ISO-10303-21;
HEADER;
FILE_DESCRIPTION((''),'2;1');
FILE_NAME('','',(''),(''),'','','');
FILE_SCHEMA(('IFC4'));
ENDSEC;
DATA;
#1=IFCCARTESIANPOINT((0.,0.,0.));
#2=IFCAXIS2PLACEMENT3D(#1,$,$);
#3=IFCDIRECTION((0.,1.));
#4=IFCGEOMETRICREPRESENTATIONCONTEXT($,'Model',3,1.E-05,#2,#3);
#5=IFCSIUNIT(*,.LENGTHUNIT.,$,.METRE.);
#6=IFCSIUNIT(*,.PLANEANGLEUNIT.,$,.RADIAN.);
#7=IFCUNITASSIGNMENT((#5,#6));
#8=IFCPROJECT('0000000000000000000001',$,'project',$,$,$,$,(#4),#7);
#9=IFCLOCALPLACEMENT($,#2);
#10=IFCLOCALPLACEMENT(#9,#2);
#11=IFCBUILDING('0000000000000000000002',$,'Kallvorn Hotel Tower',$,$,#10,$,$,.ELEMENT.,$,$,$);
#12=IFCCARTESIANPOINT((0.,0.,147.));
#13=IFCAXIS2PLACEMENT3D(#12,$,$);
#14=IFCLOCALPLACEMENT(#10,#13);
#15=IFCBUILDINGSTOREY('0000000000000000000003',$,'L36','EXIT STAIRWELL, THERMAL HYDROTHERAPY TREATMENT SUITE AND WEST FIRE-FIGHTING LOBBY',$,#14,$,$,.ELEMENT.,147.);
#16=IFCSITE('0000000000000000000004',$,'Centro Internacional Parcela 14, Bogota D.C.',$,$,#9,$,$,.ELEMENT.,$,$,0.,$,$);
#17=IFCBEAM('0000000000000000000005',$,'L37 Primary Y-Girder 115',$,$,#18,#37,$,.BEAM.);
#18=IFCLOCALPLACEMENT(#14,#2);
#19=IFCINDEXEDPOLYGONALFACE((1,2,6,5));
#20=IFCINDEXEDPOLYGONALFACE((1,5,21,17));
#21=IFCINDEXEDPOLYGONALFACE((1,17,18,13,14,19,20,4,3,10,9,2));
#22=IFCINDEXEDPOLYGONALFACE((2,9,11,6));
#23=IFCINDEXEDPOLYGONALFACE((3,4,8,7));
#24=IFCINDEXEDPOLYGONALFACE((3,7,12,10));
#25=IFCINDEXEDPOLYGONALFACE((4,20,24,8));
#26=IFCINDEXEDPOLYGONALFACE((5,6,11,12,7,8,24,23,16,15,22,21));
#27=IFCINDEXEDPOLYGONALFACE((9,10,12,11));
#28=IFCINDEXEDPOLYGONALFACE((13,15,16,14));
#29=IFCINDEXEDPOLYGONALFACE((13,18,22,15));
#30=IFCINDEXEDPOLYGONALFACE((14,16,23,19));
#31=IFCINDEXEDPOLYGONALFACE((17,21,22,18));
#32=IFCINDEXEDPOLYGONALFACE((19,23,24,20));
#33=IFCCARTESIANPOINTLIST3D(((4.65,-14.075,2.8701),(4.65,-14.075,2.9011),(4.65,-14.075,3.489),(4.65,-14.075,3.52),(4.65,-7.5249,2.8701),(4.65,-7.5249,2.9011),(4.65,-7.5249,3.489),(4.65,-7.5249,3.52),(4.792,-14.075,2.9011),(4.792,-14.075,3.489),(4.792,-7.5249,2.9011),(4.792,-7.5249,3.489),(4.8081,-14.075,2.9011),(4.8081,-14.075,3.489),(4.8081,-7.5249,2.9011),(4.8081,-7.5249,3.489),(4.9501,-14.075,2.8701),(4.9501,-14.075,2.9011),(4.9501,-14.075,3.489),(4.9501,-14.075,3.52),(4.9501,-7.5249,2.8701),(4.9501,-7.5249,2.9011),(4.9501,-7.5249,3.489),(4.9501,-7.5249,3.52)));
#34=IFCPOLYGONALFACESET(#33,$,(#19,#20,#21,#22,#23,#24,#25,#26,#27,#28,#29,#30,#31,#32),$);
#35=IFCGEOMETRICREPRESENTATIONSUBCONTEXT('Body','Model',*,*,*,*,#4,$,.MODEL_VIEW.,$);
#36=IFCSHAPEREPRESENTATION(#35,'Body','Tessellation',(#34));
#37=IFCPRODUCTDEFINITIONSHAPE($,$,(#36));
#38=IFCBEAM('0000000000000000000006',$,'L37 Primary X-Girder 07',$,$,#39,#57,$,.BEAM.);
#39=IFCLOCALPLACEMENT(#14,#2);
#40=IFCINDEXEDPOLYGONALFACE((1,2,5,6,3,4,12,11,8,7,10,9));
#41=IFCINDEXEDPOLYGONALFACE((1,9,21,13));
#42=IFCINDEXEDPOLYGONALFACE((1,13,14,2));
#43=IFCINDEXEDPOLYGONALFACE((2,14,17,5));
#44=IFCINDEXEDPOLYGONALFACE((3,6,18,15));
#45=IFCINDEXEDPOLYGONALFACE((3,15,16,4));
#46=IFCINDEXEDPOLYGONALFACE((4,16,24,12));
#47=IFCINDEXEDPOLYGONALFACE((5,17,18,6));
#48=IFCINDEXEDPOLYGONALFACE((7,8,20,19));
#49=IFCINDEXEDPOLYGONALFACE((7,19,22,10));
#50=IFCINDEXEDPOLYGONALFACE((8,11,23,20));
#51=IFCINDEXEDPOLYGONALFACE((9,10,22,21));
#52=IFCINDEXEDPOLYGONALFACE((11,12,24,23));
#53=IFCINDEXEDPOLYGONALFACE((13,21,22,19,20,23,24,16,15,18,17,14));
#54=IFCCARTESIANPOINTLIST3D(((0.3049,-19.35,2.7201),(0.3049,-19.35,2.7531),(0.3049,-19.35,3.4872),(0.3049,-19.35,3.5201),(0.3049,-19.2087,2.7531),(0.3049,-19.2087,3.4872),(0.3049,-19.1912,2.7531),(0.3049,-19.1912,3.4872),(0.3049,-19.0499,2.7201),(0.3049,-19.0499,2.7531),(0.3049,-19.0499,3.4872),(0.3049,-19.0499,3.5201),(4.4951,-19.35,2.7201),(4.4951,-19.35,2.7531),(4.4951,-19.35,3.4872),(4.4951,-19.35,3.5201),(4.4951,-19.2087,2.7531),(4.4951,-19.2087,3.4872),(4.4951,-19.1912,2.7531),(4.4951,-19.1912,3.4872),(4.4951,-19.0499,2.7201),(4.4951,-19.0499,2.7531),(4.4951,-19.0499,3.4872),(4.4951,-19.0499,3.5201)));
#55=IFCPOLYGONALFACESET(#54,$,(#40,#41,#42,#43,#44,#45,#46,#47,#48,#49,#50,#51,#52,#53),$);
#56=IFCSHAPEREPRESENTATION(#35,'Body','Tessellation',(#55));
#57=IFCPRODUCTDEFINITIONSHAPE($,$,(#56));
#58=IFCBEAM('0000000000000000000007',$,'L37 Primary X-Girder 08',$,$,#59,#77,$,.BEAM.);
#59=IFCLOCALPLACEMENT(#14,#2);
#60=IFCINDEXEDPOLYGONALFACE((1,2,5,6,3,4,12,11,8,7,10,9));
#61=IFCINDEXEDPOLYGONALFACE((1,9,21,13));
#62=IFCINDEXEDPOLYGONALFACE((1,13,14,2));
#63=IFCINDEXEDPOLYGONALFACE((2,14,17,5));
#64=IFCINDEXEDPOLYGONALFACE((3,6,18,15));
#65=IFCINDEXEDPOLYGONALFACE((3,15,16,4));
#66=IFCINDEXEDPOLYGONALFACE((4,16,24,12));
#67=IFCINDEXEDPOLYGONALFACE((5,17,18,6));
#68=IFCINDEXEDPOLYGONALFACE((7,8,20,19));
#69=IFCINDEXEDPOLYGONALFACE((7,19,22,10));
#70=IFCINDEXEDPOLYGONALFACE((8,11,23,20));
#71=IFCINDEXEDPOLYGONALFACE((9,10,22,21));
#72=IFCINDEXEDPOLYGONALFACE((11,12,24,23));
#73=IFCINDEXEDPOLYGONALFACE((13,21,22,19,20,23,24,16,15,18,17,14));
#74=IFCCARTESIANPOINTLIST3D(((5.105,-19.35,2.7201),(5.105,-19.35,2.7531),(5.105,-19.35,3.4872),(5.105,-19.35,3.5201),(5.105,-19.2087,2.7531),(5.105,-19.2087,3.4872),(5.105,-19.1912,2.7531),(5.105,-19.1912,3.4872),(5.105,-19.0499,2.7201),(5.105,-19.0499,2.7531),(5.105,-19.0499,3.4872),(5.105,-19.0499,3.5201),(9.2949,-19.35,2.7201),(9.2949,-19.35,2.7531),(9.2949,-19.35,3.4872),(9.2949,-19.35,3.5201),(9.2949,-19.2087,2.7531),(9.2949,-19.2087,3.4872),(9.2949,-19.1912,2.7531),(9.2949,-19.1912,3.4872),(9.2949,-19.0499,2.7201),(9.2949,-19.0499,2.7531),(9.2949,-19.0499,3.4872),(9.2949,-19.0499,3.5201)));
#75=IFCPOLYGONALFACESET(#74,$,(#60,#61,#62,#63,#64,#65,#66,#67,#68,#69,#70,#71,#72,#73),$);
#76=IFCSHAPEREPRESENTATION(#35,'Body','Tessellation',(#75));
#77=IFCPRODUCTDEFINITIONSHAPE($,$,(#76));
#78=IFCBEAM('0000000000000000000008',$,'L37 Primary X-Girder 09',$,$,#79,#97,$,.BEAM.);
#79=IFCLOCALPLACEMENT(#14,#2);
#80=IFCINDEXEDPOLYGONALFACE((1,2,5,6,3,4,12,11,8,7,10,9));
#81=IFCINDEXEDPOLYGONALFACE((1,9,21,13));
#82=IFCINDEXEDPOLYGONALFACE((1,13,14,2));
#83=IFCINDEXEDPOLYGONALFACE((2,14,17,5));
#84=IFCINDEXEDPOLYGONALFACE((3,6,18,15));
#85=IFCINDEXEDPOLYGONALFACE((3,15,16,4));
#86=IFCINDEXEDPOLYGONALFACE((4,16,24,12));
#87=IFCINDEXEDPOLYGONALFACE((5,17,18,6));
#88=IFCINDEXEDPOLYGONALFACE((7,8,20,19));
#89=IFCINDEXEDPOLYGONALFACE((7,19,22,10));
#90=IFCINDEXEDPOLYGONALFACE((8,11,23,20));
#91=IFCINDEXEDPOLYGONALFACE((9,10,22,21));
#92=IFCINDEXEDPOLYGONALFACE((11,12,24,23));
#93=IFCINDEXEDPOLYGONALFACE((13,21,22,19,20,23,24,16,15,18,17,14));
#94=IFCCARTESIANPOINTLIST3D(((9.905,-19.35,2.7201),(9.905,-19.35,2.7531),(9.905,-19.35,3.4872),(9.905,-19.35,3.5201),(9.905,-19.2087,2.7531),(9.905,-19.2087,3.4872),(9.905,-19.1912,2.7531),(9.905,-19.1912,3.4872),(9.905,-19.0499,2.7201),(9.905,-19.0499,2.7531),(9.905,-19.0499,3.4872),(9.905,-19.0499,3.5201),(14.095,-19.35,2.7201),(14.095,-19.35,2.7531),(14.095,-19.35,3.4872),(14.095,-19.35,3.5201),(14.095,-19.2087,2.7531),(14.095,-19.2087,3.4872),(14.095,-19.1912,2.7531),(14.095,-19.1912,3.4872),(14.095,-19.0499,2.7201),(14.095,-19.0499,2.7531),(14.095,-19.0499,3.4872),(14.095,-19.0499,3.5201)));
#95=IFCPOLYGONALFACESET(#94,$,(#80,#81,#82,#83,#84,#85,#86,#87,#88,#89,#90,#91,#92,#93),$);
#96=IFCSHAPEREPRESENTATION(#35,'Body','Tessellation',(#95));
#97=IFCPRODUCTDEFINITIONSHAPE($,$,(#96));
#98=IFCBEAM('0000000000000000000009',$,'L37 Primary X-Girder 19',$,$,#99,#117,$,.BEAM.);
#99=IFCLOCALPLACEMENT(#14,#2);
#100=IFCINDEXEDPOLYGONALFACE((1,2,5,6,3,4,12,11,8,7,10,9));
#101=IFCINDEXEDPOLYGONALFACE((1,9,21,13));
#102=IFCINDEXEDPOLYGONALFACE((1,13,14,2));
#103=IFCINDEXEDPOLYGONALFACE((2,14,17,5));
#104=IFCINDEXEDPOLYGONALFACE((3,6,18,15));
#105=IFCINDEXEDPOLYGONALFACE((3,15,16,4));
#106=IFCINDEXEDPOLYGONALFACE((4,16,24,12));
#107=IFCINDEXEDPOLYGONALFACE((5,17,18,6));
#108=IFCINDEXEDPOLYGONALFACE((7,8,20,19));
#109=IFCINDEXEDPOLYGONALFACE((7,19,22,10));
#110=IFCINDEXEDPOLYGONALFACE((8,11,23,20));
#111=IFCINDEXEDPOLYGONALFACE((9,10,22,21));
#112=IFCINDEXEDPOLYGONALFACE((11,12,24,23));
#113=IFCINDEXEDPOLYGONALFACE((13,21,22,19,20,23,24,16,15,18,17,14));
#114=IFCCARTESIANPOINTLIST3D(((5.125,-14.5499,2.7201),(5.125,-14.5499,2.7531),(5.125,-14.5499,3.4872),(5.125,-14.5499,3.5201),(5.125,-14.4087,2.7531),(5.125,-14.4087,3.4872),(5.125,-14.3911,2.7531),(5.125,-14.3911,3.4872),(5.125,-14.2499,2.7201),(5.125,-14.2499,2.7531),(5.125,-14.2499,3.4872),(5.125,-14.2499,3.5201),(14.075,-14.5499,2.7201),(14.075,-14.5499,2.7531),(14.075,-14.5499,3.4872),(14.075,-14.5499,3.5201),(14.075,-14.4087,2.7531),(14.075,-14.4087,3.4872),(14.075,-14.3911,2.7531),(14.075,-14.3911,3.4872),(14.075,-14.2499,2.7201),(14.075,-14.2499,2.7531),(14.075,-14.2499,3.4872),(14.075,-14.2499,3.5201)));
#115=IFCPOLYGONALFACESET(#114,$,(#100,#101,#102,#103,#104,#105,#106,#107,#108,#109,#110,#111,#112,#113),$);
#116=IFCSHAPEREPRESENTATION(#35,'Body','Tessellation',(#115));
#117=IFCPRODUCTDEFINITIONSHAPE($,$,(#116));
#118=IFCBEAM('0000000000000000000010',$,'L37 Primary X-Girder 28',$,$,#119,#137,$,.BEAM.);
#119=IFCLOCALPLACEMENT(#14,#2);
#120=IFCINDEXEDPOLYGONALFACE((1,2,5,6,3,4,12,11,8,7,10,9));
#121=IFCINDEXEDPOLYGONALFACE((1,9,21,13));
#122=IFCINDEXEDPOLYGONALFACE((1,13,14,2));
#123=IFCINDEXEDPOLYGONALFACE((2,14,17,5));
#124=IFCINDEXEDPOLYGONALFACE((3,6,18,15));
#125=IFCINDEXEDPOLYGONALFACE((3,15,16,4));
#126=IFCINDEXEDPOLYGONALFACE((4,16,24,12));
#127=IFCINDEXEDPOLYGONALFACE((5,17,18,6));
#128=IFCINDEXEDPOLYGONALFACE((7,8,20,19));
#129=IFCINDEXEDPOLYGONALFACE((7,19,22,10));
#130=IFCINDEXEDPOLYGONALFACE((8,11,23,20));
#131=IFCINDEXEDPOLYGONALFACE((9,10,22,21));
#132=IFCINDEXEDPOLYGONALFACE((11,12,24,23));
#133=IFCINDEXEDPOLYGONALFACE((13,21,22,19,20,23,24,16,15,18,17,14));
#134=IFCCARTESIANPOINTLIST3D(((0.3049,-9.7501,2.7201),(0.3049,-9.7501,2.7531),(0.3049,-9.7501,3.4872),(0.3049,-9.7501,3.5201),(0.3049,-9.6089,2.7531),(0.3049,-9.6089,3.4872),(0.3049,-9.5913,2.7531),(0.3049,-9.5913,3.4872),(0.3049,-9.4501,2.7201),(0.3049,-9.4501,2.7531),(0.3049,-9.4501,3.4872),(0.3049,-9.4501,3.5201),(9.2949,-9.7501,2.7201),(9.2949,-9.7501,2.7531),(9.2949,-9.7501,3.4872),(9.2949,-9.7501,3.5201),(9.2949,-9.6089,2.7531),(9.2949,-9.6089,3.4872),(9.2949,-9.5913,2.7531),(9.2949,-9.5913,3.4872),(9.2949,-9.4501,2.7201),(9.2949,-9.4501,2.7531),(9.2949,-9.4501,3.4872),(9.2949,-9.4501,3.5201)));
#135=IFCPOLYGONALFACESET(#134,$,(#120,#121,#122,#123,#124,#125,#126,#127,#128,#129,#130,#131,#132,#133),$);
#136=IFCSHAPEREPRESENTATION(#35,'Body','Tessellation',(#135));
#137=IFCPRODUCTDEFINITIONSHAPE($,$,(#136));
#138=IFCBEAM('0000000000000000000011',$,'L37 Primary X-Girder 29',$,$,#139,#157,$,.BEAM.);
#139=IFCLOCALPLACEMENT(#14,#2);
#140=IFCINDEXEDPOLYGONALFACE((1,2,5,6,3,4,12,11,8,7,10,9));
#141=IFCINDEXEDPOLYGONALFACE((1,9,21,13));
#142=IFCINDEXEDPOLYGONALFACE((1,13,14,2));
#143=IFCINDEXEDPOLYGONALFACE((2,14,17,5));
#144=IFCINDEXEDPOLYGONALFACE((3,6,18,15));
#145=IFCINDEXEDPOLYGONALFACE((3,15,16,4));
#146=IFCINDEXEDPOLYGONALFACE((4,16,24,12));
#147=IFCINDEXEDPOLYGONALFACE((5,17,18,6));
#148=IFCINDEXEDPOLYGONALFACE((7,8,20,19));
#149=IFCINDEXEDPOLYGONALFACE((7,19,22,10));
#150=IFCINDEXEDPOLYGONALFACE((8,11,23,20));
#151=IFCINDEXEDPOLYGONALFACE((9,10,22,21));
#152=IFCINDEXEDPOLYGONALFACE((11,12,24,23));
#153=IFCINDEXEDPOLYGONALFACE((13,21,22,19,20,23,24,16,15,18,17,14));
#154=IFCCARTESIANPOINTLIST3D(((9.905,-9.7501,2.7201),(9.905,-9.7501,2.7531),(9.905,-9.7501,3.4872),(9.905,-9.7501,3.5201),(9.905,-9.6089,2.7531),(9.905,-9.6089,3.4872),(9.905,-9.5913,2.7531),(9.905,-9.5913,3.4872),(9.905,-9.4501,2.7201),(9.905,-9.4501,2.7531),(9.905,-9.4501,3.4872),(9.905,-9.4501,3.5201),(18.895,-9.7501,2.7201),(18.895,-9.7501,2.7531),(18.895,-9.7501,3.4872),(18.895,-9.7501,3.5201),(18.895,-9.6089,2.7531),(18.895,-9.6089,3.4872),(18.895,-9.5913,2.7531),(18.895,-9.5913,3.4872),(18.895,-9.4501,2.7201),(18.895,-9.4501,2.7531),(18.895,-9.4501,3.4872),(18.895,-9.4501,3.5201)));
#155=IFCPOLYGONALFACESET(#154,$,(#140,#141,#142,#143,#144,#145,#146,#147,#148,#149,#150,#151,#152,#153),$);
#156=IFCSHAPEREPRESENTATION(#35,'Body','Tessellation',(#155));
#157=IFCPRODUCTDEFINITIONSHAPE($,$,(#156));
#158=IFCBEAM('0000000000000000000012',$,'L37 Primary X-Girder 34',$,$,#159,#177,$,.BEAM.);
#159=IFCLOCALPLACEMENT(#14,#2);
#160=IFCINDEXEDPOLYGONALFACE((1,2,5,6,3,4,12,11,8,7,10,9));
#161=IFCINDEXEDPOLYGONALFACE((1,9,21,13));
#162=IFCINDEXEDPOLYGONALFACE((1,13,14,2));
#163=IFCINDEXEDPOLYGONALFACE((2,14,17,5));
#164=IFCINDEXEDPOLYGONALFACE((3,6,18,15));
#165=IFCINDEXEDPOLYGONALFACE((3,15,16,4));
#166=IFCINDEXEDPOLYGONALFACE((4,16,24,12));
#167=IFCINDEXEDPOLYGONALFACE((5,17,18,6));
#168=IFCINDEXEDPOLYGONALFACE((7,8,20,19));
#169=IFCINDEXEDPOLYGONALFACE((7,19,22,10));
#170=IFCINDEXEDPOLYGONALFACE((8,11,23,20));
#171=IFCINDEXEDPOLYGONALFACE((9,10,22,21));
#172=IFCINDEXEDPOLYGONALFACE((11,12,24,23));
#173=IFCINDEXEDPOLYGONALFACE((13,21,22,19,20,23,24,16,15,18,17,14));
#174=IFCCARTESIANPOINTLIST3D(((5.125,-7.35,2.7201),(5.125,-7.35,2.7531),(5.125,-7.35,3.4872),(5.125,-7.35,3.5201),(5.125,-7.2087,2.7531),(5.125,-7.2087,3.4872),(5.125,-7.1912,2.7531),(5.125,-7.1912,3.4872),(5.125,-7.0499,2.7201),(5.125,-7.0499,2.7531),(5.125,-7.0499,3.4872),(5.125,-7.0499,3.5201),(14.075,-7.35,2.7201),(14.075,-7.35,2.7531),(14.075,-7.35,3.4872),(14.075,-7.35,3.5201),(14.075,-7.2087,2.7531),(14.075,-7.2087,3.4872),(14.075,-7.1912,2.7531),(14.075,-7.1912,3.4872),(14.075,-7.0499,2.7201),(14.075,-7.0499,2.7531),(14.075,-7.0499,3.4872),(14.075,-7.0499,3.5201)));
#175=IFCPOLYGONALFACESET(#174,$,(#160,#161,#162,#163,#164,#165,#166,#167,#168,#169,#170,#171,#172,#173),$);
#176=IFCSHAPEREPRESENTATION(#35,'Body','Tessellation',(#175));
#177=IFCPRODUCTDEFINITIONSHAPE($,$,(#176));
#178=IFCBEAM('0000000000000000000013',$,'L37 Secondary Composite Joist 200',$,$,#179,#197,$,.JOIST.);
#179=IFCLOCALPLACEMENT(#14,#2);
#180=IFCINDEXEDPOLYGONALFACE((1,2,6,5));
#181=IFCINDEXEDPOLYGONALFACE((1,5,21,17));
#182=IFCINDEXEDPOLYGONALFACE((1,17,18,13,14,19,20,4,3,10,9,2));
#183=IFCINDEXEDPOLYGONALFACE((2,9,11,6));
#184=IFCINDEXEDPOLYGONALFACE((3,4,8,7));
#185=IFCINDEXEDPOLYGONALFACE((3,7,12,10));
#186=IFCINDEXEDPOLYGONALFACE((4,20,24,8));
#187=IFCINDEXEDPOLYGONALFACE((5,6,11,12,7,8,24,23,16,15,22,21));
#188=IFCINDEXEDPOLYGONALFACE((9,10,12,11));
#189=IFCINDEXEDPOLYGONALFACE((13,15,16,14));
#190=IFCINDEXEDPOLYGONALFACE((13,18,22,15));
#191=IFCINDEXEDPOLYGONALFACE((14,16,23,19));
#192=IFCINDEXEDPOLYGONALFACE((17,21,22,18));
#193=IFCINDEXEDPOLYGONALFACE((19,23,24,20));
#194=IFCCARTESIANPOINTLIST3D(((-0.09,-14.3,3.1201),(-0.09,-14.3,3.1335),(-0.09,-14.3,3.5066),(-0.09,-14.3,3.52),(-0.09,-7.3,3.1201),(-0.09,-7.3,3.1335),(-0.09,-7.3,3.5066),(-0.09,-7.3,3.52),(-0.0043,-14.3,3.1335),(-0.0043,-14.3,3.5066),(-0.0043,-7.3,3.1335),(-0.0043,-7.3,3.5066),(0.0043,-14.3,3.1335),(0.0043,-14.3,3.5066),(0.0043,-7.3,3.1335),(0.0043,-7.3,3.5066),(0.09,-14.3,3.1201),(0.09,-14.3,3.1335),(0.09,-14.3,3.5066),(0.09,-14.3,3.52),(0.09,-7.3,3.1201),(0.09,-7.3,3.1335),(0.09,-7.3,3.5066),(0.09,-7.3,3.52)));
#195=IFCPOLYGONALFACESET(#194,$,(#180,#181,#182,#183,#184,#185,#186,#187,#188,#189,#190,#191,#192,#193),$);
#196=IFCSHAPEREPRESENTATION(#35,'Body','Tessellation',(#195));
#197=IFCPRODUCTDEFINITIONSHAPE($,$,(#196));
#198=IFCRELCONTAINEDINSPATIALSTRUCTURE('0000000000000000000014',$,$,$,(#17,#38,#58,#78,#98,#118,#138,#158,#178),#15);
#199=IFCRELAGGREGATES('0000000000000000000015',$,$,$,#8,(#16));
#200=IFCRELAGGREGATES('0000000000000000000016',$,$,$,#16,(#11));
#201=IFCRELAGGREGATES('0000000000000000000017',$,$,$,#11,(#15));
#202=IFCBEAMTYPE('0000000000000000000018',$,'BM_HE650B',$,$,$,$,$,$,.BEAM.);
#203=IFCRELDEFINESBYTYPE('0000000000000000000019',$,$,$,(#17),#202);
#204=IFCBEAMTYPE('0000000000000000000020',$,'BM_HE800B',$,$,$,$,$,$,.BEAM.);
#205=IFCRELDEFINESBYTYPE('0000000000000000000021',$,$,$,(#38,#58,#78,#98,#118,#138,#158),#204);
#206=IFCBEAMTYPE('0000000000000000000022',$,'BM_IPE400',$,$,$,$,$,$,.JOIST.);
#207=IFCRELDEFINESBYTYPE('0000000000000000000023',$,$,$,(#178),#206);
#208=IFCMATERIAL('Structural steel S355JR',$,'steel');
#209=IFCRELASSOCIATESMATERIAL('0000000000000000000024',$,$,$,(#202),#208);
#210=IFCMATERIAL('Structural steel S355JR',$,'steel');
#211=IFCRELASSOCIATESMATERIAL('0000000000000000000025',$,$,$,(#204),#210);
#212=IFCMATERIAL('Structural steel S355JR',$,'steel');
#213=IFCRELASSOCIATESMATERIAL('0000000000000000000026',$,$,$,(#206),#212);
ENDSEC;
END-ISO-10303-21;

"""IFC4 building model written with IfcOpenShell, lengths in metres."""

from ifc_helpers import new_model, si_unit, direction, frame, origin, origin_2d, place, context, subcontext, project, spatial, i_section, extrude, material, material_profile, profile_set, type_object, element, save


model = new_model("IFC4")

# Units and contexts
model_context = context("Model", 3, precision=1e-05, world=origin(), true_north=direction((0.0, 1.0)))
body_context = subcontext(model_context, "Body", "Model", "MODEL_VIEW")
ifc_project = project(units=[si_unit("LENGTHUNIT", "METRE"), si_unit("PLANEANGLEUNIT", "RADIAN")], contexts=[model_context])

# Site, building, storey
site_placement = place(None, origin())
site = spatial("IfcSite", under=ifc_project, at=site_placement, Name="Centro Internacional Parcela 14, Bogota D.C.", CompositionType="ELEMENT", RefElevation=0.0)
building_placement = place(site_placement, origin())
building = spatial("IfcBuilding", under=site, at=building_placement, Name="Kallvorn Hotel Tower", CompositionType="ELEMENT")
storey_placement = place(building_placement, frame((0.0, 0.0, 147.0)))
storey = spatial("IfcBuildingStorey", under=building, at=storey_placement, Name="L36", Description="EXIT STAIRWELL, THERMAL HYDROTHERAPY TREATMENT SUITE AND WEST FIRE-FIGHTING LOBBY", CompositionType="ELEMENT", Elevation=147.0)

# Beams
ifc_material_1 = material(Name="Structural steel S355JR", Category="steel")
ifc_material_profile_1 = material_profile(ifc_material_1, i_section(OverallWidth=0.3, OverallDepth=0.6499, WebThickness=0.0161, FlangeThickness=0.031, at=origin_2d()), Name="HE 650 B")
ifc_profile_set_1 = profile_set([ifc_material_profile_1], Name="Structural steel S355JR")
beam_type_1 = type_object("IfcBeamType", Name="BM_HE650B", PredefinedType="BEAM", material=ifc_profile_set_1)
beam_1_placement = place(storey_placement, frame((4.8, -14.075, 3.1951), z_axis=(0.0, 1.0, 0.0), x_axis=(-1.0, 0.0, 0.0)))
element("IfcBeam", 1, at=beam_1_placement, inside=storey, type_object=beam_type_1, Name="L37 Primary Y-Girder 115", PredefinedType="BEAM", context=body_context, shape_type="SweptSolid", body=[
    extrude(i_section(OverallWidth=0.3, OverallDepth=0.6499, WebThickness=0.0161, FlangeThickness=0.031, at=origin_2d()), origin(), (0.0, 0.0, 1.0), 6.55),
])
ifc_material_2 = material(Name="Structural steel S355JR", Category="steel")
ifc_material_profile_2 = material_profile(ifc_material_2, i_section(OverallWidth=0.3, OverallDepth=0.8, WebThickness=0.0176, FlangeThickness=0.033, at=origin_2d()), Name="HE 800 B")
ifc_profile_set_2 = profile_set([ifc_material_profile_2], Name="Structural steel S355JR")
beam_type_2 = type_object("IfcBeamType", Name="BM_HE800B", PredefinedType="BEAM", material=ifc_profile_set_2)
beam_2_placement = place(storey_placement, frame((0.3049, -19.2, 3.1201), z_axis=(1.0, 0.0, 0.0), x_axis=(0.0, 1.0, 0.0)))
element("IfcBeam", 2, at=beam_2_placement, inside=storey, type_object=beam_type_2, Name="L37 Primary X-Girder 07", PredefinedType="BEAM", context=body_context, shape_type="SweptSolid", body=[
    extrude(i_section(OverallWidth=0.3, OverallDepth=0.8, WebThickness=0.0176, FlangeThickness=0.033, at=origin_2d()), origin(), (0.0, 0.0, 1.0), 4.1902),
])
for number, where, z_axis, x_axis, name in (
    (3, (5.105, -19.2, 3.1201), (1.0, 0.0, 0.0), (0.0, 1.0, 0.0), "L37 Primary X-Girder 08"),
    (4, (9.905, -19.2, 3.1201), (1.0, 0.0, 0.0), (0.0, 1.0, 0.0), "L37 Primary X-Girder 09"),
):
    element("IfcBeam", number, at=place(storey_placement, frame(where, z_axis=z_axis, x_axis=x_axis)), inside=storey, type_object=beam_type_2, Name=name, PredefinedType="BEAM", context=body_context, shape_type="SweptSolid", body=[
        extrude(i_section(OverallWidth=0.3, OverallDepth=0.8, WebThickness=0.0176, FlangeThickness=0.033, at=origin_2d()), origin(), (0.0, 0.0, 1.0), 4.1899),
    ])
beam_3_placement = place(storey_placement, frame((5.125, -14.3999, 3.1201), z_axis=(1.0, 0.0, 0.0), x_axis=(0.0, 1.0, 0.0)))
element("IfcBeam", 5, at=beam_3_placement, inside=storey, type_object=beam_type_2, Name="L37 Primary X-Girder 19", PredefinedType="BEAM", context=body_context, shape_type="SweptSolid", body=[
    extrude(i_section(OverallWidth=0.3, OverallDepth=0.8, WebThickness=0.0176, FlangeThickness=0.033, at=origin_2d()), origin(), (0.0, 0.0, 1.0), 8.95),
])
for number, where, z_axis, x_axis, name in (
    (6, (0.3049, -9.6001, 3.1201), (1.0, 0.0, 0.0), (0.0, 1.0, 0.0), "L37 Primary X-Girder 28"),
    (7, (9.905, -9.6001, 3.1201), (1.0, 0.0, 0.0), (0.0, 1.0, 0.0), "L37 Primary X-Girder 29"),
):
    element("IfcBeam", number, at=place(storey_placement, frame(where, z_axis=z_axis, x_axis=x_axis)), inside=storey, type_object=beam_type_2, Name=name, PredefinedType="BEAM", context=body_context, shape_type="SweptSolid", body=[
        extrude(i_section(OverallWidth=0.3, OverallDepth=0.8, WebThickness=0.0176, FlangeThickness=0.033, at=origin_2d()), origin(), (0.0, 0.0, 1.0), 8.99),
    ])
beam_4_placement = place(storey_placement, frame((5.125, -7.2, 3.1201), z_axis=(1.0, 0.0, 0.0), x_axis=(0.0, 1.0, 0.0)))
element("IfcBeam", 8, at=beam_4_placement, inside=storey, type_object=beam_type_2, Name="L37 Primary X-Girder 34", PredefinedType="BEAM", context=body_context, shape_type="SweptSolid", body=[
    extrude(i_section(OverallWidth=0.3, OverallDepth=0.8, WebThickness=0.0176, FlangeThickness=0.033, at=origin_2d()), origin(), (0.0, 0.0, 1.0), 8.95),
])
ifc_material_3 = material(Name="Structural steel S355JR", Category="steel")
ifc_material_profile_3 = material_profile(ifc_material_3, i_section(OverallWidth=0.1799, OverallDepth=0.3999, WebThickness=0.0085, FlangeThickness=0.0134, at=origin_2d()), Name="IPE 400")
ifc_profile_set_3 = profile_set([ifc_material_profile_3], Name="Structural steel S355JR")
beam_type_3 = type_object("IfcBeamType", Name="BM_IPE400", PredefinedType="JOIST", material=ifc_profile_set_3)
for number, where, z_axis, x_axis, name in (
    (9, (0.0, -14.3, 3.3201), (0.0, 1.0, 0.0), (-1.0, 0.0, 0.0), "L37 Secondary Composite Joist 200"),
):
    element("IfcBeam", number, at=place(storey_placement, frame(where, z_axis=z_axis, x_axis=x_axis)), inside=storey, type_object=beam_type_3, Name=name, PredefinedType="JOIST", context=body_context, shape_type="SweptSolid", body=[
        extrude(i_section(OverallWidth=0.1799, OverallDepth=0.3999, WebThickness=0.0085, FlangeThickness=0.0134, at=origin_2d()), origin(), (0.0, 0.0, 1.0), 7.0),
    ])

save(model, "model.ifc")
